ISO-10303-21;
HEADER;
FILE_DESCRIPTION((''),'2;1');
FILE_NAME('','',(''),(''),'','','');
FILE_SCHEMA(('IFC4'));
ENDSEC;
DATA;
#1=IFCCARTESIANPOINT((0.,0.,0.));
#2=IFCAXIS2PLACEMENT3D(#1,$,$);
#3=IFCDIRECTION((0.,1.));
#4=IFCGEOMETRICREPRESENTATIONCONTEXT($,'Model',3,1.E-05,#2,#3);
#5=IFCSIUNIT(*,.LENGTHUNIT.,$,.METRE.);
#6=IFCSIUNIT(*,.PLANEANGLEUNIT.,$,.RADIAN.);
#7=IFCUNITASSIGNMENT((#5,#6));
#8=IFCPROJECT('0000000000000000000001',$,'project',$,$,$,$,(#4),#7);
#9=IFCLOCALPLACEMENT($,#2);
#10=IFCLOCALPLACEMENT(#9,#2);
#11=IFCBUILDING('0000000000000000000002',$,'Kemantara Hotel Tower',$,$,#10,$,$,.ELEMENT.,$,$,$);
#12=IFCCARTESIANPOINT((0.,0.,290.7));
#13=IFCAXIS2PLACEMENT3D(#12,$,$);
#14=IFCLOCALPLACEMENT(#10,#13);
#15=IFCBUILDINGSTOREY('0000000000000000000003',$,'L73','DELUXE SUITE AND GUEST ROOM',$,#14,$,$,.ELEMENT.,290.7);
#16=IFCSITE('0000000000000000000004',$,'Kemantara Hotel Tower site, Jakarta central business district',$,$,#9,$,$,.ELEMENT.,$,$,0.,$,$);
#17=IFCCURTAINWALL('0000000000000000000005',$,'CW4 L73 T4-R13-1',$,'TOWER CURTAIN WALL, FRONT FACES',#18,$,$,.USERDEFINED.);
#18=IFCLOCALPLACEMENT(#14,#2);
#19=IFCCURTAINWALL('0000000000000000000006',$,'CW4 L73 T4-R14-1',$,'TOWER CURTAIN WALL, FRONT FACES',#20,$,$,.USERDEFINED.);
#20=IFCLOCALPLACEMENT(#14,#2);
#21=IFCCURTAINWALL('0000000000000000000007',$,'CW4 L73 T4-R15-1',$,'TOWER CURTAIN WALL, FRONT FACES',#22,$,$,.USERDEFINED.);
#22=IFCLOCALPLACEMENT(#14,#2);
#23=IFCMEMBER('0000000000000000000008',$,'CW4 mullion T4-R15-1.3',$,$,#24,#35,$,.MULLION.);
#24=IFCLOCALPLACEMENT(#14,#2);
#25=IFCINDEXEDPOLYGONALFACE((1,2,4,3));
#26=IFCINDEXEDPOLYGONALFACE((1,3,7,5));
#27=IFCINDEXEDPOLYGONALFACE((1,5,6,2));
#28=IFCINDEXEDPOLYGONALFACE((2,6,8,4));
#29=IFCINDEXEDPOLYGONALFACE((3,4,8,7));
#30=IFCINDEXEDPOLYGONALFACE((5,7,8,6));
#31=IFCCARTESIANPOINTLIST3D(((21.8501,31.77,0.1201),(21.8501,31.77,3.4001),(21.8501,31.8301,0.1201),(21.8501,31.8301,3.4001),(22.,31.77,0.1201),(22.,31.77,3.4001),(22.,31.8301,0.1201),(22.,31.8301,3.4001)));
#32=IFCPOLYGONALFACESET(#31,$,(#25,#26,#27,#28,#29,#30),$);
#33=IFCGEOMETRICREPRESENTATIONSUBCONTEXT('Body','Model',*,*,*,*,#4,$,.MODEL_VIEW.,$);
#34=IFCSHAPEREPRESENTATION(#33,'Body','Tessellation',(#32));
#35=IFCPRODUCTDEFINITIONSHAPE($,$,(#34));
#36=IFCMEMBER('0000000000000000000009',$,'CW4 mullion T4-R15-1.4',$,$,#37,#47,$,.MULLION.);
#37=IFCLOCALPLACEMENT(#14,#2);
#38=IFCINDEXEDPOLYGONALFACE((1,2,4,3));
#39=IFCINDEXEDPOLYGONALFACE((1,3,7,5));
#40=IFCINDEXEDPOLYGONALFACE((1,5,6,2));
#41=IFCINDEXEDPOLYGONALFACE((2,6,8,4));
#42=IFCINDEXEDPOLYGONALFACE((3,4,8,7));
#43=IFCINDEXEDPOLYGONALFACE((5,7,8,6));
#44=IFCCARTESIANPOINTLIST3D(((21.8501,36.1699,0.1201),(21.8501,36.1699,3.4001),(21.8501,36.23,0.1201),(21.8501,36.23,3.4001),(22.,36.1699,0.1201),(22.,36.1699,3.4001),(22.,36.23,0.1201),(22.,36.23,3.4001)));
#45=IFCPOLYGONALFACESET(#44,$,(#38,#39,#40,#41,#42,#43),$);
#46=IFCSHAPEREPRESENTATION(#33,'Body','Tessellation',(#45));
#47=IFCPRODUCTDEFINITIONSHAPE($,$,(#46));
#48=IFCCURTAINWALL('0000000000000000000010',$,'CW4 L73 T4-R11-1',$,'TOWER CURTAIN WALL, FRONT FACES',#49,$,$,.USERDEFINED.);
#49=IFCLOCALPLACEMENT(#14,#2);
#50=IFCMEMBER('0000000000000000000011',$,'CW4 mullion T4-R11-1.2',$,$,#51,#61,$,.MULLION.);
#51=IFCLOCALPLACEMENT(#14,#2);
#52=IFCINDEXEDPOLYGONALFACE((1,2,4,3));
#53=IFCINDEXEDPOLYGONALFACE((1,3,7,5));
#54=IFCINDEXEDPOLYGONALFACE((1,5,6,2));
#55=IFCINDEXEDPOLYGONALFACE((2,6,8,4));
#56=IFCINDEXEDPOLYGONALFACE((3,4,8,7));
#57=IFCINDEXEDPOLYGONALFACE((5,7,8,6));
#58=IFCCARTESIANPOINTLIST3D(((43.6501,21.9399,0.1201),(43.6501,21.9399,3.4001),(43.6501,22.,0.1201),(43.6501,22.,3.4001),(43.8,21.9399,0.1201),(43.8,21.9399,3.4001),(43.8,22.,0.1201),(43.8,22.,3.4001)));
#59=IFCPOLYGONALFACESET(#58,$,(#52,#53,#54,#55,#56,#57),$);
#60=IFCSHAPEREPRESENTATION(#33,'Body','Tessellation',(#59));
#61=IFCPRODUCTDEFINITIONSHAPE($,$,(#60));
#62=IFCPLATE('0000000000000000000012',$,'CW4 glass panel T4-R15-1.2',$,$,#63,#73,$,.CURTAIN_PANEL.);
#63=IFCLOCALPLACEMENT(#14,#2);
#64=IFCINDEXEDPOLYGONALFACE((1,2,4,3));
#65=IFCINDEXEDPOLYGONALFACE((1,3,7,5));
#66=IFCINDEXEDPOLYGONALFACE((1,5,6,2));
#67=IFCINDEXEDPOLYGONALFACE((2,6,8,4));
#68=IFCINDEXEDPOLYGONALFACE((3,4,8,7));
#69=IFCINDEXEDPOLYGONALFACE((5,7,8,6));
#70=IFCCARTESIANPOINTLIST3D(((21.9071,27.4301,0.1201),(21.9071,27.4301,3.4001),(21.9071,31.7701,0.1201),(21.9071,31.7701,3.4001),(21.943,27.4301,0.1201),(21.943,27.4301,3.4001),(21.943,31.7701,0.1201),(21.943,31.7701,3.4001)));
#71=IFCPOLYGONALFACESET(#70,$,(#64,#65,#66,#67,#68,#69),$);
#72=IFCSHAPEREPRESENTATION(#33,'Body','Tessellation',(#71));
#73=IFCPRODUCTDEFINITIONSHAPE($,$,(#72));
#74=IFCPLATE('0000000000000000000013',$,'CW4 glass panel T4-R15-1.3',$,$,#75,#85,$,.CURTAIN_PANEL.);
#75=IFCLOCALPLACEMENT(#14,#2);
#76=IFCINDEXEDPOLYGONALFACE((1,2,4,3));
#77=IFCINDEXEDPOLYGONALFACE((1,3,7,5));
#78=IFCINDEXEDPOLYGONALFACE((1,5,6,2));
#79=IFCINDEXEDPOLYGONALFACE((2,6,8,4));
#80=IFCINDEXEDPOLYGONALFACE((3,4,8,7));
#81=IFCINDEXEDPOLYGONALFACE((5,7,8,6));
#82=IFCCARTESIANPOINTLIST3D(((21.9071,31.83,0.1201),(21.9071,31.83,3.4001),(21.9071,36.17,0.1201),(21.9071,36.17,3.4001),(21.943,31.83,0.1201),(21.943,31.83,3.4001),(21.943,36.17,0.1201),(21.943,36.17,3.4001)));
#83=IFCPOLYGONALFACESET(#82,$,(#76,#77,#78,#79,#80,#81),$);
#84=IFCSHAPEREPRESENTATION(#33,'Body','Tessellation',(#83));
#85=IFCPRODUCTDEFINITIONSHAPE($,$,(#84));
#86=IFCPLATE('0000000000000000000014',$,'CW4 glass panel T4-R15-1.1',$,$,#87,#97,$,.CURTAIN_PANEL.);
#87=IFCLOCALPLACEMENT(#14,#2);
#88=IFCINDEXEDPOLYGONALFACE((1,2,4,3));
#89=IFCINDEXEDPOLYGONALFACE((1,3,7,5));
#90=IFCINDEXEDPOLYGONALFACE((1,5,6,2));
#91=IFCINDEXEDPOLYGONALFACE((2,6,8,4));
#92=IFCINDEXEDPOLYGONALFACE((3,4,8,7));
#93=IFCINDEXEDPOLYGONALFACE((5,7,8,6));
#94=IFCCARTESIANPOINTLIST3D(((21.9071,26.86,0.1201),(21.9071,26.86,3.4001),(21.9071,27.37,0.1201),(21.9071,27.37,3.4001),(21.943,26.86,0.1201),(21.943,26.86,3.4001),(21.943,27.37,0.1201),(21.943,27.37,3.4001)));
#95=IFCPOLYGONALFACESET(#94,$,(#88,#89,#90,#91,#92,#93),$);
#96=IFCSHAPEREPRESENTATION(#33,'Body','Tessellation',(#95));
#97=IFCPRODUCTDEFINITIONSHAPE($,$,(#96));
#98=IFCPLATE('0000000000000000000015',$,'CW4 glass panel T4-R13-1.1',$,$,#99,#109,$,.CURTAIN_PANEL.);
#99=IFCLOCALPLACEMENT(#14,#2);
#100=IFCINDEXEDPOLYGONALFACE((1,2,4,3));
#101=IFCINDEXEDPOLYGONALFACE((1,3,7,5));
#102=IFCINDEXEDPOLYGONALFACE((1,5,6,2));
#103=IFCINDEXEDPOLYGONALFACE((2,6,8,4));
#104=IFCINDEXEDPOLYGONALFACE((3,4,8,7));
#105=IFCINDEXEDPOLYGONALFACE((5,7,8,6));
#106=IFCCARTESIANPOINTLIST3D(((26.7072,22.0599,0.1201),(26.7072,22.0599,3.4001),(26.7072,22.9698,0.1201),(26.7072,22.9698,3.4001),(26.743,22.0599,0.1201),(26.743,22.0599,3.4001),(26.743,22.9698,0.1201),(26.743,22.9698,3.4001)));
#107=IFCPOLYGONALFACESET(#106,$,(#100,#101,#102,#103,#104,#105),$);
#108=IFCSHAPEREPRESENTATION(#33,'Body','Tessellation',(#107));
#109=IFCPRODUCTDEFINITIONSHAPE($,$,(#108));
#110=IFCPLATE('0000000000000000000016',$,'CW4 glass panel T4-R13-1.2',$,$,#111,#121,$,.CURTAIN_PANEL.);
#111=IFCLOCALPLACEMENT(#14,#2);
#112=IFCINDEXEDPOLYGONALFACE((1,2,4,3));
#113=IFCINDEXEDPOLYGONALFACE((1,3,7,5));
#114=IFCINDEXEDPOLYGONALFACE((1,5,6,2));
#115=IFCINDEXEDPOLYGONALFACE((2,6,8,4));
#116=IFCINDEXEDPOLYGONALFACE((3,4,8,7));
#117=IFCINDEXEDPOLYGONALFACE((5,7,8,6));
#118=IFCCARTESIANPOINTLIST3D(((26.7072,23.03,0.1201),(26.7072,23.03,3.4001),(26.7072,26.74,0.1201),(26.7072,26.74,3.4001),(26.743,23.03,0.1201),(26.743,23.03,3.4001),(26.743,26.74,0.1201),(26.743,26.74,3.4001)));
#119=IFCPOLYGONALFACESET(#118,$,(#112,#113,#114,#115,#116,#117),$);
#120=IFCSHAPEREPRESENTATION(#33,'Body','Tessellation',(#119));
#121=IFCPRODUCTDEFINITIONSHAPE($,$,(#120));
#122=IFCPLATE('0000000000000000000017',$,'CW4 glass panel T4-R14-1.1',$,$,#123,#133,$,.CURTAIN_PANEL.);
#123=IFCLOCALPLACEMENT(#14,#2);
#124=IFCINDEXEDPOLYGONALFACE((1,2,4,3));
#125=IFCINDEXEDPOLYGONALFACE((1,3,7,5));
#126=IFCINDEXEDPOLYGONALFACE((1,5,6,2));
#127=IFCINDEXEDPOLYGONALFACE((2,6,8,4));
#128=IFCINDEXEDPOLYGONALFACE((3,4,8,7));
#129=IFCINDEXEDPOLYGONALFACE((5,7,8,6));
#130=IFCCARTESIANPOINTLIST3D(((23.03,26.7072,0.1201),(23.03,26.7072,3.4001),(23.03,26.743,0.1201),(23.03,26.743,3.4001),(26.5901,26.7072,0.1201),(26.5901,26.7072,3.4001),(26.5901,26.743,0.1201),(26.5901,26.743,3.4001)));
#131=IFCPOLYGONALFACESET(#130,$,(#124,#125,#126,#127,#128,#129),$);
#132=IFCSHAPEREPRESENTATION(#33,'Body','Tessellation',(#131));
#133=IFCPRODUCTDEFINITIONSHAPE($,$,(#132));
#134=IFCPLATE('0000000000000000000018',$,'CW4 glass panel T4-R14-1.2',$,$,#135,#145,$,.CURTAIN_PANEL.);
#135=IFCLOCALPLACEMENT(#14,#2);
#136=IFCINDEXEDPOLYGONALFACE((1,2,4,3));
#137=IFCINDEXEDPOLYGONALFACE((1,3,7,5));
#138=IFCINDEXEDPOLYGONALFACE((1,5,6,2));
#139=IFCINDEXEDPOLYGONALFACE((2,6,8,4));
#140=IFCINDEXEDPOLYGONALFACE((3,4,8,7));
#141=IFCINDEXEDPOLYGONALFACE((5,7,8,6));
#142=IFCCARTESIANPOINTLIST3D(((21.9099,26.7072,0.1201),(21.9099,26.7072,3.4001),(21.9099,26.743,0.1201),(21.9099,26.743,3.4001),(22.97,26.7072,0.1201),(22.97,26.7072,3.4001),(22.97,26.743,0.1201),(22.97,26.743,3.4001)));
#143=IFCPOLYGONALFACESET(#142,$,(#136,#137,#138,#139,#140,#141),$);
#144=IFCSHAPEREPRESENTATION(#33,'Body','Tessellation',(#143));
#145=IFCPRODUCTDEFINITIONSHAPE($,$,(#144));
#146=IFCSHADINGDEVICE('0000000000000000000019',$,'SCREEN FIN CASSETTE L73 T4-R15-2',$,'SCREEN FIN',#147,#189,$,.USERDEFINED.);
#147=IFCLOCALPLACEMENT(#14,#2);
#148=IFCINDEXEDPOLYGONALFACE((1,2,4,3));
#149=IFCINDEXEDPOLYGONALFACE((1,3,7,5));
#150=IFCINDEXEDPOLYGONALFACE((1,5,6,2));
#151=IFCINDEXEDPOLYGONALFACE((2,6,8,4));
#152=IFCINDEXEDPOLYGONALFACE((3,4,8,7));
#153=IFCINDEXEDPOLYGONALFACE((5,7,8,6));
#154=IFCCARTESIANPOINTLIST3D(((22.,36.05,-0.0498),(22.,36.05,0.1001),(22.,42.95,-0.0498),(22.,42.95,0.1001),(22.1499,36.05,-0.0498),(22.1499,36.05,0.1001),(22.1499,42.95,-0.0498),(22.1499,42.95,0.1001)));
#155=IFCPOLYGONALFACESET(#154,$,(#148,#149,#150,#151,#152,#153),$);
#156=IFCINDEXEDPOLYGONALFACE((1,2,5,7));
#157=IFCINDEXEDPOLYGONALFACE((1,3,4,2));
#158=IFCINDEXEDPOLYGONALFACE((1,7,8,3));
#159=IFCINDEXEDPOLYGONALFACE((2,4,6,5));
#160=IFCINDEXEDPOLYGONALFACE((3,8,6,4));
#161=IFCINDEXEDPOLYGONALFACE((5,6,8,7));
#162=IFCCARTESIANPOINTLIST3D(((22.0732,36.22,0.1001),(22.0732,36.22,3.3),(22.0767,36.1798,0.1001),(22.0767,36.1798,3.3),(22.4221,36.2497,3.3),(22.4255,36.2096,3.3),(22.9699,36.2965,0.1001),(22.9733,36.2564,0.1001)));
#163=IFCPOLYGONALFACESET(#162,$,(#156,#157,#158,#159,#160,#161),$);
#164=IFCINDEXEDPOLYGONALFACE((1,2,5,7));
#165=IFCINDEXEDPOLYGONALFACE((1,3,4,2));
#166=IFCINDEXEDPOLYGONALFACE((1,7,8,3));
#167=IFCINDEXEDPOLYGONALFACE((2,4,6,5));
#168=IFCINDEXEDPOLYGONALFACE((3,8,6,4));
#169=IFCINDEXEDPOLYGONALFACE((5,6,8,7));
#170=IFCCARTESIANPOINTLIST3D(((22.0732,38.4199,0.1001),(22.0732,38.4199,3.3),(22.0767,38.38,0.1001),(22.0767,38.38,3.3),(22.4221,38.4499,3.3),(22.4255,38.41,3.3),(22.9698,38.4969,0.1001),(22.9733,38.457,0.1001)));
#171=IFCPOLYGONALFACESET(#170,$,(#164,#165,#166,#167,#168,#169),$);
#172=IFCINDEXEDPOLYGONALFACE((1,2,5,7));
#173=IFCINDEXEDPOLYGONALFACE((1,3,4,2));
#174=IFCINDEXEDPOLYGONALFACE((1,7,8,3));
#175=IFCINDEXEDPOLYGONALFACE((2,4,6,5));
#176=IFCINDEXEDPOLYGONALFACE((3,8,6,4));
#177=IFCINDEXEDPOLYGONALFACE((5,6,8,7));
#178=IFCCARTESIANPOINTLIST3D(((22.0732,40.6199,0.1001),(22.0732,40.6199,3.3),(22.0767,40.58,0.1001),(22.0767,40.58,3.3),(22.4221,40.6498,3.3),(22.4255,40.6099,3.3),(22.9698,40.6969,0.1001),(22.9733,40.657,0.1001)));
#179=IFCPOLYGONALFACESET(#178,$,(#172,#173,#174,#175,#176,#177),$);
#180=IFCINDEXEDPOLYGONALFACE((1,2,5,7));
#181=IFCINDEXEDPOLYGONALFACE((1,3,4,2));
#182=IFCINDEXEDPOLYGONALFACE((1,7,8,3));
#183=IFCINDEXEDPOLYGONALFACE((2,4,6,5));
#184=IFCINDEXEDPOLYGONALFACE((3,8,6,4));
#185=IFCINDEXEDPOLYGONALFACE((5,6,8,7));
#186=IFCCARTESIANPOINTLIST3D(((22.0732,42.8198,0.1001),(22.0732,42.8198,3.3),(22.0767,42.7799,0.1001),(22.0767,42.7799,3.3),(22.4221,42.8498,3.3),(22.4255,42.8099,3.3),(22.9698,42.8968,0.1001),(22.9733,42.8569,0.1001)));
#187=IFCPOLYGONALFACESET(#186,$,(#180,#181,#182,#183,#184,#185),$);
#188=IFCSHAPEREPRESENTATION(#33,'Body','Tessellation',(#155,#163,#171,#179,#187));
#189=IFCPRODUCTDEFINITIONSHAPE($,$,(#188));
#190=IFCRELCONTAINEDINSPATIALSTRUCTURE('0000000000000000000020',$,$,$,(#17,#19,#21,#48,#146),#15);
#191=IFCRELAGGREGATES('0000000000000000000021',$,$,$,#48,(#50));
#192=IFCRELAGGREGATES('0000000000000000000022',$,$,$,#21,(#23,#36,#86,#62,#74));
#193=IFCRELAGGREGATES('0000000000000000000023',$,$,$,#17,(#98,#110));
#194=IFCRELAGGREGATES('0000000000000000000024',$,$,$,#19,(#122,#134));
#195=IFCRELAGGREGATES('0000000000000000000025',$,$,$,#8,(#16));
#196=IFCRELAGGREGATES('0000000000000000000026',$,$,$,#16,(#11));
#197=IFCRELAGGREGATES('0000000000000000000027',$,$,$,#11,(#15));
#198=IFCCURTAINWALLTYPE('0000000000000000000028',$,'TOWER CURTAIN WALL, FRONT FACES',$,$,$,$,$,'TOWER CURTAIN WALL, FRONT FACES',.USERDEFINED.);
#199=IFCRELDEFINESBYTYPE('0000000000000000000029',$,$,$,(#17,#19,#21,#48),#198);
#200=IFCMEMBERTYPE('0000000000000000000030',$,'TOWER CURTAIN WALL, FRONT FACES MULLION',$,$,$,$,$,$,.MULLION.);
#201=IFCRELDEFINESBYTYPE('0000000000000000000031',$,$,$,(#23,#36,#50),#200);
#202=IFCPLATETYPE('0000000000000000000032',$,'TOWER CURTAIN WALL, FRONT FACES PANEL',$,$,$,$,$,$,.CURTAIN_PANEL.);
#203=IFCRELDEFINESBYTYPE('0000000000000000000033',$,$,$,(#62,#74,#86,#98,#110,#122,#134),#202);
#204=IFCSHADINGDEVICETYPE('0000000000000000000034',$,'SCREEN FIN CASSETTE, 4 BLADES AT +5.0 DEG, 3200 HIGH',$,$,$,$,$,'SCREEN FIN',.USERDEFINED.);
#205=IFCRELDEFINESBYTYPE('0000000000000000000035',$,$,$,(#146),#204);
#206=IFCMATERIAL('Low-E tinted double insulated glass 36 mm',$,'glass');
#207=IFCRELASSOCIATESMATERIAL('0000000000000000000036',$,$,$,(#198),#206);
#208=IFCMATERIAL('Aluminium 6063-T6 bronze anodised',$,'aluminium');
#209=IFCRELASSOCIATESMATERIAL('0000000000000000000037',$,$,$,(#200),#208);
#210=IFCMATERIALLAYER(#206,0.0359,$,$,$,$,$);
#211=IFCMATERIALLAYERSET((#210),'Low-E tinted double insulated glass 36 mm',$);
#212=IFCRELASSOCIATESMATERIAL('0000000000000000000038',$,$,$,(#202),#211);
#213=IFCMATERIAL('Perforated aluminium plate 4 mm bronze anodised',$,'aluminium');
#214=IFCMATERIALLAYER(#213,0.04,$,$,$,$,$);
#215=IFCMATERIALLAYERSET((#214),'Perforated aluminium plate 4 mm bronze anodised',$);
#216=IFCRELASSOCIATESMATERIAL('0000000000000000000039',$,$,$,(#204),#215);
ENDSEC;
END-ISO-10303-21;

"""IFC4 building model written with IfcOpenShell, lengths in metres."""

from ifc_helpers import new_model, si_unit, direction, frame, origin, origin_2d, place, context, subcontext, project, spatial, polyline, rectangle, outline, extrude, source, transform, mapped, material, layer, layer_set, material_profile, profile_set, type_object, element, aggregate, save


model = new_model("IFC4")

# Units and contexts
model_context = context("Model", 3, precision=1e-05, world=origin(), true_north=direction((0.0, 1.0)))
body_context = subcontext(model_context, "Body", "Model", "MODEL_VIEW")
ifc_project = project(units=[si_unit("LENGTHUNIT", "METRE"), si_unit("PLANEANGLEUNIT", "RADIAN")], contexts=[model_context])

# Site, building, storey
site_placement = place(None, origin())
site = spatial("IfcSite", under=ifc_project, at=site_placement, Name="Kemantara Hotel Tower site, Jakarta central business district", CompositionType="ELEMENT", RefElevation=0.0)
building_placement = place(site_placement, origin())
building = spatial("IfcBuilding", under=site, at=building_placement, Name="Kemantara Hotel Tower", CompositionType="ELEMENT")
storey_placement = place(building_placement, frame((0.0, 0.0, 290.7)))
storey = spatial("IfcBuildingStorey", under=building, at=storey_placement, Name="L73", Description="DELUXE SUITE AND GUEST ROOM", CompositionType="ELEMENT", Elevation=290.7)

# Curtain walls
ifc_material_1 = material(Name="Low-E tinted double insulated glass 36 mm", Category="glass")
curtain_wall_type = type_object("IfcCurtainWallType", Name="TOWER CURTAIN WALL, FRONT FACES", ElementType="TOWER CURTAIN WALL, FRONT FACES", PredefinedType="USERDEFINED", material=ifc_material_1)
curtain_wall_1_placement = place(storey_placement, origin())
curtain_wall_1 = element("IfcCurtainWall", 1, at=curtain_wall_1_placement, inside=storey, type_object=curtain_wall_type, Name="CW4 L73 T4-R13-1", ObjectType="TOWER CURTAIN WALL, FRONT FACES", PredefinedType="USERDEFINED")
ifc_material_2 = material(Name="Aluminium 6063-T6 bronze anodised", Category="aluminium")
curtain_wall_2_placement = place(storey_placement, origin())
curtain_wall_2 = element("IfcCurtainWall", 2, at=curtain_wall_2_placement, inside=storey, type_object=curtain_wall_type, Name="CW4 L73 T4-R14-1", ObjectType="TOWER CURTAIN WALL, FRONT FACES", PredefinedType="USERDEFINED")
curtain_wall_3_placement = place(storey_placement, origin())
curtain_wall_3 = element("IfcCurtainWall", 3, at=curtain_wall_3_placement, inside=storey, type_object=curtain_wall_type, Name="CW4 L73 T4-R15-1", ObjectType="TOWER CURTAIN WALL, FRONT FACES", PredefinedType="USERDEFINED")

# Members
ifc_material_profile_1 = material_profile(ifc_material_2, rectangle(XDim=0.1499, YDim=0.0601, at=origin_2d()), Name="TOWER CURTAIN WALL, FRONT FACES MULLION")
ifc_profile_set_1 = profile_set([ifc_material_profile_1], Name="Aluminium 6063-T6 bronze anodised")
member_type_1 = type_object("IfcMemberType", Name="TOWER CURTAIN WALL, FRONT FACES MULLION", PredefinedType="MULLION", material=ifc_profile_set_1)
shared_shape_1 = source(origin(), body_context, "Body", "SweptSolid", [
    extrude(rectangle(XDim=0.1499, YDim=0.0601, at=origin_2d()), origin(), (0.0, 0.0, 1.0), 3.28),
])
member_1_placement = place(storey_placement, frame((21.925, 31.8, 0.1201), z_axis=(0.0, 0.0, 1.0), x_axis=(-1.0, 0.0, 0.0)))
member_1 = element("IfcMember", 4, at=member_1_placement, type_object=member_type_1, Name="CW4 mullion T4-R15-1.3", PredefinedType="MULLION", context=body_context, shape_type="MappedRepresentation", body=[
    mapped(shared_shape_1, transform((0.0, 0.0, 0.0))),
])
member_2_placement = place(storey_placement, frame((21.925, 36.2, 0.1201), z_axis=(0.0, 0.0, 1.0), x_axis=(-1.0, 0.0, 0.0)))
member_2 = element("IfcMember", 5, at=member_2_placement, type_object=member_type_1, Name="CW4 mullion T4-R15-1.4", PredefinedType="MULLION", context=body_context, shape_type="MappedRepresentation", body=[
    mapped(shared_shape_1, transform((0.0, 0.0, 0.0))),
])

# Curtain wall, member
curtain_wall_4_placement = place(storey_placement, origin())
curtain_wall_4 = element("IfcCurtainWall", 6, at=curtain_wall_4_placement, inside=storey, type_object=curtain_wall_type, Name="CW4 L73 T4-R11-1", ObjectType="TOWER CURTAIN WALL, FRONT FACES", PredefinedType="USERDEFINED")
member_3_placement = place(storey_placement, frame((43.7251, 21.97, 0.1201), z_axis=(0.0, 0.0, 1.0), x_axis=(-1.0, 0.0, 0.0)))
member_3 = element("IfcMember", 7, at=member_3_placement, type_object=member_type_1, Name="CW4 mullion T4-R11-1.2", PredefinedType="MULLION", context=body_context, shape_type="MappedRepresentation", body=[
    mapped(shared_shape_1, transform((0.0, 0.0, 0.0))),
])
aggregate(curtain_wall_4, [member_3])

# Plates
ifc_layer_1 = layer(ifc_material_1, 0.0359)
ifc_layer_set_1 = layer_set([ifc_layer_1], Name="Low-E tinted double insulated glass 36 mm")
plate_type = type_object("IfcPlateType", Name="TOWER CURTAIN WALL, FRONT FACES PANEL", PredefinedType="CURTAIN_PANEL", material=ifc_layer_set_1)
shared_shape_2 = source(origin(), body_context, "Body", "SweptSolid", [
    extrude(rectangle(XDim=4.3401, YDim=0.0359, at=origin_2d()), origin(), (0.0, 0.0, 1.0), 3.28),
])
plate_1_placement = place(storey_placement, frame((21.925, 29.6001, 0.1201), z_axis=(0.0, 0.0, 1.0), x_axis=(0.0, 1.0, 0.0)))
plate_1 = element("IfcPlate", 8, at=plate_1_placement, type_object=plate_type, Name="CW4 glass panel T4-R15-1.2", PredefinedType="CURTAIN_PANEL", context=body_context, shape_type="MappedRepresentation", body=[
    mapped(shared_shape_2, transform((0.0, 0.0, 0.0))),
])
plate_2_placement = place(storey_placement, frame((21.925, 34.0, 0.1201), z_axis=(0.0, 0.0, 1.0), x_axis=(0.0, 1.0, 0.0)))
plate_2 = element("IfcPlate", 9, at=plate_2_placement, type_object=plate_type, Name="CW4 glass panel T4-R15-1.3", PredefinedType="CURTAIN_PANEL", context=body_context, shape_type="MappedRepresentation", body=[
    mapped(shared_shape_2, transform((0.0, 0.0, 0.0))),
])
shared_shape_3 = source(origin(), body_context, "Body", "SweptSolid", [
    extrude(rectangle(XDim=0.51, YDim=0.0359, at=origin_2d()), origin(), (0.0, 0.0, 1.0), 3.28),
])
plate_3_placement = place(storey_placement, frame((21.925, 27.115, 0.1201), z_axis=(0.0, 0.0, 1.0), x_axis=(0.0, 1.0, 0.0)))
plate_3 = element("IfcPlate", 10, at=plate_3_placement, type_object=plate_type, Name="CW4 glass panel T4-R15-1.1", PredefinedType="CURTAIN_PANEL", context=body_context, shape_type="MappedRepresentation", body=[
    mapped(shared_shape_3, transform((0.0, 0.0, 0.0))),
])
aggregate(curtain_wall_3, [member_1, member_2, plate_3, plate_1, plate_2])
shared_shape_4 = source(origin(), body_context, "Body", "SweptSolid", [
    extrude(rectangle(XDim=0.9099, YDim=0.0359, at=origin_2d()), origin(), (0.0, 0.0, 1.0), 3.28),
])
plate_4_placement = place(storey_placement, frame((26.7251, 22.5149, 0.1201), z_axis=(0.0, 0.0, 1.0), x_axis=(0.0, 1.0, 0.0)))
plate_4 = element("IfcPlate", 11, at=plate_4_placement, type_object=plate_type, Name="CW4 glass panel T4-R13-1.1", PredefinedType="CURTAIN_PANEL", context=body_context, shape_type="MappedRepresentation", body=[
    mapped(shared_shape_4, transform((0.0, 0.0, 0.0))),
])
shared_shape_5 = source(origin(), body_context, "Body", "SweptSolid", [
    extrude(rectangle(XDim=3.71, YDim=0.0359, at=origin_2d()), origin(), (0.0, 0.0, 1.0), 3.28),
])
plate_5_placement = place(storey_placement, frame((26.7251, 24.885, 0.1201), z_axis=(0.0, 0.0, 1.0), x_axis=(0.0, 1.0, 0.0)))
plate_5 = element("IfcPlate", 12, at=plate_5_placement, type_object=plate_type, Name="CW4 glass panel T4-R13-1.2", PredefinedType="CURTAIN_PANEL", context=body_context, shape_type="MappedRepresentation", body=[
    mapped(shared_shape_5, transform((0.0, 0.0, 0.0))),
])
aggregate(curtain_wall_1, [plate_4, plate_5])
shared_shape_6 = source(origin(), body_context, "Body", "SweptSolid", [
    extrude(rectangle(XDim=3.5601, YDim=0.0359, at=origin_2d()), origin(), (0.0, 0.0, 1.0), 3.28),
])
plate_6_placement = place(storey_placement, frame((24.8101, 26.7251, 0.1201), z_axis=(0.0, 0.0, 1.0), x_axis=(-1.0, 0.0, 0.0)))
plate_6 = element("IfcPlate", 13, at=plate_6_placement, type_object=plate_type, Name="CW4 glass panel T4-R14-1.1", PredefinedType="CURTAIN_PANEL", context=body_context, shape_type="MappedRepresentation", body=[
    mapped(shared_shape_6, transform((0.0, 0.0, 0.0))),
])
shared_shape_7 = source(origin(), body_context, "Body", "SweptSolid", [
    extrude(rectangle(XDim=1.0601, YDim=0.0359, at=origin_2d()), origin(), (0.0, 0.0, 1.0), 3.28),
])
plate_7_placement = place(storey_placement, frame((22.4399, 26.7251, 0.1201), z_axis=(0.0, 0.0, 1.0), x_axis=(-1.0, 0.0, 0.0)))
plate_7 = element("IfcPlate", 14, at=plate_7_placement, type_object=plate_type, Name="CW4 glass panel T4-R14-1.2", PredefinedType="CURTAIN_PANEL", context=body_context, shape_type="MappedRepresentation", body=[
    mapped(shared_shape_7, transform((0.0, 0.0, 0.0))),
])
aggregate(curtain_wall_2, [plate_6, plate_7])

# Shading device
ifc_material_3 = material(Name="Perforated aluminium plate 4 mm bronze anodised", Category="aluminium")
ifc_layer_2 = layer(ifc_material_3, 0.04)
ifc_layer_set_2 = layer_set([ifc_layer_2], Name="Perforated aluminium plate 4 mm bronze anodised")
shading_device_type_1 = type_object("IfcShadingDeviceType", Name="SCREEN FIN CASSETTE, 4 BLADES AT +5.0 DEG, 3200 HIGH", ElementType="SCREEN FIN", PredefinedType="USERDEFINED", material=ifc_layer_set_2)
shared_shape_8 = source(origin(), body_context, "Body", "SweptSolid", [
    extrude(rectangle(XDim=6.8999, YDim=0.1499, at=origin_2d()), frame((3.3, -0.075, -0.1499), z_axis=(0.0, 0.0, 1.0), x_axis=(1.0, 0.0, 0.0)), (0.0, 0.0, 1.0), 0.1499),
    extrude(outline(polyline([(0.0, 0.0), (0.8999, 0.0), (0.3501, 3.2), (0.0, 3.2), (0.0, 0.0)])), frame((0.02, -0.0732, 0.0), z_axis=(-0.996376, -0.085056, 0.0), x_axis=(0.085056, -0.996376, 0.0)), (0.0, 0.0, 1.0), 0.0403),
    extrude(outline(polyline([(0.0, 0.0), (0.8999, 0.0), (0.3501, 3.2), (0.0, 3.2), (0.0, 0.0)])), frame((2.22, -0.0732, 0.0), z_axis=(-0.996332, -0.085575, 0.0), x_axis=(0.085575, -0.996332, 0.0)), (0.0, 0.0, 1.0), 0.04),
    extrude(outline(polyline([(0.0, 0.0), (0.8999, 0.0), (0.3501, 3.2), (0.0, 3.2), (0.0, 0.0)])), frame((4.4199, -0.0732, 0.0), z_axis=(-0.996332, -0.085575, 0.0), x_axis=(0.085575, -0.996332, 0.0)), (0.0, 0.0, 1.0), 0.04),
    extrude(outline(polyline([(0.0, 0.0), (0.8999, 0.0), (0.3501, 3.2), (0.0, 3.2), (0.0, 0.0)])), frame((6.6199, -0.0732, 0.0), z_axis=(-0.996332, -0.085575, 0.0), x_axis=(0.085575, -0.996332, 0.0)), (0.0, 0.0, 1.0), 0.04),
])
shading_device_1_placement = place(storey_placement, frame((22.0, 36.2, 0.1001), z_axis=(0.0, 0.0, 1.0), x_axis=(0.0, 1.0, 0.0)))
element("IfcShadingDevice", 15, at=shading_device_1_placement, inside=storey, type_object=shading_device_type_1, Name="SCREEN FIN CASSETTE L73 T4-R15-2", ObjectType="SCREEN FIN", PredefinedType="USERDEFINED", context=body_context, shape_type="MappedRepresentation", body=[
    mapped(shared_shape_8, transform((0.0, 0.0, 0.0))),
])

save(model, "model.ifc")
